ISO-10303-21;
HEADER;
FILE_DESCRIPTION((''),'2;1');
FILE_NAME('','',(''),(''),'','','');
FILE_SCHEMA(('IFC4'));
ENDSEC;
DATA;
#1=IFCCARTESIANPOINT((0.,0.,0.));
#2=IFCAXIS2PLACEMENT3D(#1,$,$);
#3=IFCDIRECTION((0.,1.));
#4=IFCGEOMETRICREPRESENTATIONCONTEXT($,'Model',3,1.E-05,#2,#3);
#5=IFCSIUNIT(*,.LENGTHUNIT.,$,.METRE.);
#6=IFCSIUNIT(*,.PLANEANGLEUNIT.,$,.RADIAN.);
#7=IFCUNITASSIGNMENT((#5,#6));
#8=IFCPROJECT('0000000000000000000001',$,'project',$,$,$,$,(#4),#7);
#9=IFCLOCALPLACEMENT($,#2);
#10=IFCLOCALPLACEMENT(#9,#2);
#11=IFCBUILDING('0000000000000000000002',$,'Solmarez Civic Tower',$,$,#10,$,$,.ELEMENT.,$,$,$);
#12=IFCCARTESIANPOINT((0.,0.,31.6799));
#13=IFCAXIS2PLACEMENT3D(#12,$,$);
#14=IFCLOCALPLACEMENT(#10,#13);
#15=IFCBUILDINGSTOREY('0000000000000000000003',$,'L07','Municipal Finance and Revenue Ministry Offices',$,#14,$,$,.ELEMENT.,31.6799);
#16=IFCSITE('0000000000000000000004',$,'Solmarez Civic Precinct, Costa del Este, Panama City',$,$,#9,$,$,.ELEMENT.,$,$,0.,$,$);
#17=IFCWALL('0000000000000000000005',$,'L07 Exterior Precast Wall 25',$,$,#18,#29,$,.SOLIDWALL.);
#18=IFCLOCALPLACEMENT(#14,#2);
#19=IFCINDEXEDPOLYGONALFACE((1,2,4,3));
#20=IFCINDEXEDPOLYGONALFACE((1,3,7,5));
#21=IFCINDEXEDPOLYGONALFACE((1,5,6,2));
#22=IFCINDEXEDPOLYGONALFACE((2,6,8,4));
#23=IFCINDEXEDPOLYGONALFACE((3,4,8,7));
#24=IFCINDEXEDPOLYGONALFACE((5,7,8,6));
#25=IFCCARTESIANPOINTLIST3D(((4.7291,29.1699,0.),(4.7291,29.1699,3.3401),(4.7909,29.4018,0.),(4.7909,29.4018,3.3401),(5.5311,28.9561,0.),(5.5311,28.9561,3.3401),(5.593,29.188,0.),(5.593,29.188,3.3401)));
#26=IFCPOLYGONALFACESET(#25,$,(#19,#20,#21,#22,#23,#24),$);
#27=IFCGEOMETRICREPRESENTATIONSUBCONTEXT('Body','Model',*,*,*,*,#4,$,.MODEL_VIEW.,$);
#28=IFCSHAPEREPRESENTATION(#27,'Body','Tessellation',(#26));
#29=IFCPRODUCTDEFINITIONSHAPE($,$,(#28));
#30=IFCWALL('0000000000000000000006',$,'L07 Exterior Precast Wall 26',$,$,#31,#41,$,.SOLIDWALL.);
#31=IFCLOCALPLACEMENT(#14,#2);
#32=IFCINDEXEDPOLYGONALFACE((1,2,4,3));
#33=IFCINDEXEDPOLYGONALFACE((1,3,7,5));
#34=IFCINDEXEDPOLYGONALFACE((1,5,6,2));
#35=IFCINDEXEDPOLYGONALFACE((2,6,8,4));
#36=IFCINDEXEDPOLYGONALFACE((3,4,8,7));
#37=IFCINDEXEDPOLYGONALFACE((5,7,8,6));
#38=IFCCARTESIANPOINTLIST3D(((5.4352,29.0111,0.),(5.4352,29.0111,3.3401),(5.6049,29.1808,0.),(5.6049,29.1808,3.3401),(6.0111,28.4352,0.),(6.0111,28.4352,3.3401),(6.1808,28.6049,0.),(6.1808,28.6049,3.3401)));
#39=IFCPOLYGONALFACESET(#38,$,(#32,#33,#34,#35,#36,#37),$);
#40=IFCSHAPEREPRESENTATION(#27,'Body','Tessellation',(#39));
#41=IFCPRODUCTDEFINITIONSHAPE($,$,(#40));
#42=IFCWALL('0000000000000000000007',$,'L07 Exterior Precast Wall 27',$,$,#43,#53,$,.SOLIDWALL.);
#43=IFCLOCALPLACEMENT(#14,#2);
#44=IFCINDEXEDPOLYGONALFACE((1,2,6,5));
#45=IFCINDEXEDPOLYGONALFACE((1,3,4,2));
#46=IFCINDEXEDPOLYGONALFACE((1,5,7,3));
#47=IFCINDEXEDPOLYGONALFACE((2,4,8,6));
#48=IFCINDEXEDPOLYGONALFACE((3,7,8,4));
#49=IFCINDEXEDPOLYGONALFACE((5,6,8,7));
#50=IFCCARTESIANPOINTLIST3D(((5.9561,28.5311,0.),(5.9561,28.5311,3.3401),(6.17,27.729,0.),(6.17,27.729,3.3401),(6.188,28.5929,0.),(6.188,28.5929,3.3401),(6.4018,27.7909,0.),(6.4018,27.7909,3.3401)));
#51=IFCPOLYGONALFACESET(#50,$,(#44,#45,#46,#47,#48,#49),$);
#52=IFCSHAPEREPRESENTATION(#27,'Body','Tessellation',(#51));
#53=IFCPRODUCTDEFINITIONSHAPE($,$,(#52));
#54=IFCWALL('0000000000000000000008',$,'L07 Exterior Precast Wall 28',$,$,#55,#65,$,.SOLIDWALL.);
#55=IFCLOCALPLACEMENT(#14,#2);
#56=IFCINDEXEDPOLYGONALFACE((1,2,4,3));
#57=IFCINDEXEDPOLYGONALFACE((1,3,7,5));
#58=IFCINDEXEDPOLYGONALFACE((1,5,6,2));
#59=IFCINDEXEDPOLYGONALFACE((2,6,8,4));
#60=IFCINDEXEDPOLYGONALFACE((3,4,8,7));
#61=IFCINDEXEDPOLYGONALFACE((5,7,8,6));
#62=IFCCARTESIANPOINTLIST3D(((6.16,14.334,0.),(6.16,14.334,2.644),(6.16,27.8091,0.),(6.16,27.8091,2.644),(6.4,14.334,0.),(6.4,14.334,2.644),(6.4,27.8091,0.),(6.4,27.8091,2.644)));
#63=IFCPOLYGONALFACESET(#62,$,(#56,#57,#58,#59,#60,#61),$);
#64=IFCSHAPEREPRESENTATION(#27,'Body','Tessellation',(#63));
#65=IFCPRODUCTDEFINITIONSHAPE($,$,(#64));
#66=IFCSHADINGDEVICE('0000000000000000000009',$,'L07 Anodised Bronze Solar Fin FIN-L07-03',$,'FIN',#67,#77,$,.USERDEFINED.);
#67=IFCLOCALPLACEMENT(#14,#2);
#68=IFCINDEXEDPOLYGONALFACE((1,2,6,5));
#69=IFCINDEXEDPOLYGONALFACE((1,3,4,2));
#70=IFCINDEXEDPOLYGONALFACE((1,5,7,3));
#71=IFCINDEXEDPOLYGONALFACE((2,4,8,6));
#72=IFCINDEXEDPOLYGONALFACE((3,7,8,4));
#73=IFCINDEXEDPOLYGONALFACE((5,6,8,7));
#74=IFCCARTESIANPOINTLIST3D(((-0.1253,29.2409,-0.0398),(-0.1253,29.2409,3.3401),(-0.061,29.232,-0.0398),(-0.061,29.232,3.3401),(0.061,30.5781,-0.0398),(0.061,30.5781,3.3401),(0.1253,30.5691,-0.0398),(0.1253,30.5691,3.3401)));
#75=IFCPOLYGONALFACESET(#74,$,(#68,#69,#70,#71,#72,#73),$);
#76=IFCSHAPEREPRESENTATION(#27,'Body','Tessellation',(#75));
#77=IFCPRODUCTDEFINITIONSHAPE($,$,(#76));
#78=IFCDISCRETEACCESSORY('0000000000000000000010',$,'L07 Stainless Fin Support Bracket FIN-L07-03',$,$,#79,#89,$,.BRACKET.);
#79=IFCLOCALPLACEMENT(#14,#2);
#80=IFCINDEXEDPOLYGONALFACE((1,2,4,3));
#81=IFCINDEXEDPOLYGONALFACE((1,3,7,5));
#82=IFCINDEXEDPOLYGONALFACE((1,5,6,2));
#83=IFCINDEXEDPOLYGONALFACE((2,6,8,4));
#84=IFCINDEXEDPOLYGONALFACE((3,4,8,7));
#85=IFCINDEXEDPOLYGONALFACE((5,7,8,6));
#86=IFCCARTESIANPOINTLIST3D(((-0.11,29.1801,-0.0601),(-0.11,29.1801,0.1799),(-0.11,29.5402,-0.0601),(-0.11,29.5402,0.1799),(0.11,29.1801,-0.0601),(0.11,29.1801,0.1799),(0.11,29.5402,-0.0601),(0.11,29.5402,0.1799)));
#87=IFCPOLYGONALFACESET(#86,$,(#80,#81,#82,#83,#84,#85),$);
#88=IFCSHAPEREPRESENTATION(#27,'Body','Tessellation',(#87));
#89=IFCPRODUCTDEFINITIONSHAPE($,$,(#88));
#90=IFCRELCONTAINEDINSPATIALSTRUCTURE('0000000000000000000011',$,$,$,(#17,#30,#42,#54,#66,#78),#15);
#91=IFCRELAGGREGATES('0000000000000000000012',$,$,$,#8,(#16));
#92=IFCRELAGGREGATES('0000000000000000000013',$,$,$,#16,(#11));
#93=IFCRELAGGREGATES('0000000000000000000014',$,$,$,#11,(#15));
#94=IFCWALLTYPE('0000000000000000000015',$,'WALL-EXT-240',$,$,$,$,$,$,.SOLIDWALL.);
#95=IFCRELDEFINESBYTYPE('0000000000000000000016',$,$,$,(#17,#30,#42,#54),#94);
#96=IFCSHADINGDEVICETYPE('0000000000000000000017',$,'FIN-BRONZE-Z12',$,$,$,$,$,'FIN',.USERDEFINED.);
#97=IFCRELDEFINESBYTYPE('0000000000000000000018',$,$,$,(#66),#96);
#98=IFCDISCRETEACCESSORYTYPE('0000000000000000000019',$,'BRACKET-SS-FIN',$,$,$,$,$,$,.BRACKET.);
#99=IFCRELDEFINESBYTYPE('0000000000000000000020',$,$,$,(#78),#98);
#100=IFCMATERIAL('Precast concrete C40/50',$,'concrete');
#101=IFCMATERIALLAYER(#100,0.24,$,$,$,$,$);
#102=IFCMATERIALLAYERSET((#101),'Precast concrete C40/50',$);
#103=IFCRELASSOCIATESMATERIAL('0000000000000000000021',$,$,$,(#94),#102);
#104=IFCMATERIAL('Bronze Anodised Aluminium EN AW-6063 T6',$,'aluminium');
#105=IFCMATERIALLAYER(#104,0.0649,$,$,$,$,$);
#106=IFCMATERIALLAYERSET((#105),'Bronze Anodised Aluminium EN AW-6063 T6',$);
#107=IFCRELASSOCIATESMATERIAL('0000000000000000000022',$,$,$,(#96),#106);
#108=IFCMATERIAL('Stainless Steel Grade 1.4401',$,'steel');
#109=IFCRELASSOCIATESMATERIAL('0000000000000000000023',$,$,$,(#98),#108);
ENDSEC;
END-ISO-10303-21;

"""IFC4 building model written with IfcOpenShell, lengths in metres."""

from ifc_helpers import new_model, si_unit, direction, frame, frame_2d, origin, origin_2d, place, context, subcontext, project, spatial, rectangle, extrude, material, layer, layer_set, type_object, element, save


model = new_model("IFC4")

# Units and contexts
model_context = context("Model", 3, precision=1e-05, world=origin(), true_north=direction((0.0, 1.0)))
body_context = subcontext(model_context, "Body", "Model", "MODEL_VIEW")
ifc_project = project(units=[si_unit("LENGTHUNIT", "METRE"), si_unit("PLANEANGLEUNIT", "RADIAN")], contexts=[model_context])

# Site, building, storey
site_placement = place(None, origin())
site = spatial("IfcSite", under=ifc_project, at=site_placement, Name="Solmarez Civic Precinct, Costa del Este, Panama City", CompositionType="ELEMENT", RefElevation=0.0)
building_placement = place(site_placement, origin())
building = spatial("IfcBuilding", under=site, at=building_placement, Name="Solmarez Civic Tower", CompositionType="ELEMENT")
storey_placement = place(building_placement, frame((0.0, 0.0, 31.6799)))
storey = spatial("IfcBuildingStorey", under=building, at=storey_placement, Name="L07", Description="Municipal Finance and Revenue Ministry Offices", CompositionType="ELEMENT", Elevation=31.6799)

# Shared definitions
ifc_material_1 = material(Name="Bronze Anodised Aluminium EN AW-6063 T6", Category="aluminium")

# Walls
ifc_material_2 = material(Name="Precast concrete C40/50", Category="concrete")
ifc_layer_1 = layer(ifc_material_2, 0.24)
ifc_layer_set_1 = layer_set([ifc_layer_1], Name="Precast concrete C40/50")
wall_type = type_object("IfcWallType", Name="WALL-EXT-240", PredefinedType="SOLIDWALL", material=ifc_layer_set_1)
wall_1_placement = place(storey_placement, frame((4.76, 29.2859, 0.0), z_axis=(0.0, 0.0, 1.0), x_axis=(0.966235, -0.257663, 0.0)))
element("IfcWall", 1, at=wall_1_placement, inside=storey, type_object=wall_type, Name="L07 Exterior Precast Wall 25", PredefinedType="SOLIDWALL", context=body_context, shape_type="SweptSolid", body=[
    extrude(rectangle(XDim=0.8301, YDim=0.24, at=frame_2d((0.415, 0.0))), origin(), (0.0, 0.0, 1.0), 3.3401),
])
wall_2_placement = place(storey_placement, frame((5.52, 29.0959, 0.0), z_axis=(0.0, 0.0, 1.0), x_axis=(0.707107, -0.707107, 0.0)))
element("IfcWall", 2, at=wall_2_placement, inside=storey, type_object=wall_type, Name="L07 Exterior Precast Wall 26", PredefinedType="SOLIDWALL", context=body_context, shape_type="SweptSolid", body=[
    extrude(rectangle(XDim=0.8145, YDim=0.24, at=frame_2d((0.4072, 0.0))), origin(), (0.0, 0.0, 1.0), 3.3401),
])
wall_3_placement = place(storey_placement, frame((6.072, 28.562, 0.0), z_axis=(0.0, 0.0, 1.0), x_axis=(0.257663, -0.966235, 0.0)))
element("IfcWall", 3, at=wall_3_placement, inside=storey, type_object=wall_type, Name="L07 Exterior Precast Wall 27", PredefinedType="SOLIDWALL", context=body_context, shape_type="SweptSolid", body=[
    extrude(rectangle(XDim=0.8301, YDim=0.24, at=frame_2d((0.415, 0.0))), origin(), (0.0, 0.0, 1.0), 3.3401),
])
wall_4_placement = place(storey_placement, frame((6.28, 27.8091, 0.0), z_axis=(0.0, 0.0, 1.0), x_axis=(0.0, -1.0, 0.0)))
element("IfcWall", 4, at=wall_4_placement, inside=storey, type_object=wall_type, Name="L07 Exterior Precast Wall 28", PredefinedType="SOLIDWALL", context=body_context, shape_type="SweptSolid", body=[
    extrude(rectangle(XDim=13.4751, YDim=0.24, at=frame_2d((6.7375, 0.0))), origin(), (0.0, 0.0, 1.0), 2.644),
])

# Shading device
ifc_layer_2 = layer(ifc_material_1, 0.0649)
ifc_layer_set_2 = layer_set([ifc_layer_2], Name="Bronze Anodised Aluminium EN AW-6063 T6")
shading_device_type = type_object("IfcShadingDeviceType", Name="FIN-BRONZE-Z12", ElementType="FIN", PredefinedType="USERDEFINED", material=ifc_layer_set_2)
shading_device_placement = place(storey_placement, frame((0.0, 29.905, -0.0398), z_axis=(0.0, 0.0, 1.0), x_axis=(0.13798, 0.990435, 0.0)))
element("IfcShadingDevice", 5, at=shading_device_placement, inside=storey, type_object=shading_device_type, Name="L07 Anodised Bronze Solar Fin FIN-L07-03", ObjectType="FIN", PredefinedType="USERDEFINED", context=body_context, shape_type="SweptSolid", body=[
    extrude(rectangle(XDim=1.3501, YDim=0.0649, at=origin_2d()), origin(), (0.0, 0.0, 1.0), 3.3799),
])

# Discrete accessory
ifc_material_3 = material(Name="Stainless Steel Grade 1.4401", Category="steel")
discrete_accessory_type = type_object("IfcDiscreteAccessoryType", Name="BRACKET-SS-FIN", PredefinedType="BRACKET", material=ifc_material_3)
discrete_accessory_placement = place(storey_placement, frame((0.0, 29.3601, -0.0601), z_axis=(0.0, 0.0, 1.0), x_axis=(0.0, 1.0, 0.0)))
element("IfcDiscreteAccessory", 6, at=discrete_accessory_placement, inside=storey, type_object=discrete_accessory_type, Name="L07 Stainless Fin Support Bracket FIN-L07-03", PredefinedType="BRACKET", context=body_context, shape_type="SweptSolid", body=[
    extrude(rectangle(XDim=0.3601, YDim=0.22, at=origin_2d()), origin(), (0.0, 0.0, 1.0), 0.24),
])

save(model, "model.ifc")
